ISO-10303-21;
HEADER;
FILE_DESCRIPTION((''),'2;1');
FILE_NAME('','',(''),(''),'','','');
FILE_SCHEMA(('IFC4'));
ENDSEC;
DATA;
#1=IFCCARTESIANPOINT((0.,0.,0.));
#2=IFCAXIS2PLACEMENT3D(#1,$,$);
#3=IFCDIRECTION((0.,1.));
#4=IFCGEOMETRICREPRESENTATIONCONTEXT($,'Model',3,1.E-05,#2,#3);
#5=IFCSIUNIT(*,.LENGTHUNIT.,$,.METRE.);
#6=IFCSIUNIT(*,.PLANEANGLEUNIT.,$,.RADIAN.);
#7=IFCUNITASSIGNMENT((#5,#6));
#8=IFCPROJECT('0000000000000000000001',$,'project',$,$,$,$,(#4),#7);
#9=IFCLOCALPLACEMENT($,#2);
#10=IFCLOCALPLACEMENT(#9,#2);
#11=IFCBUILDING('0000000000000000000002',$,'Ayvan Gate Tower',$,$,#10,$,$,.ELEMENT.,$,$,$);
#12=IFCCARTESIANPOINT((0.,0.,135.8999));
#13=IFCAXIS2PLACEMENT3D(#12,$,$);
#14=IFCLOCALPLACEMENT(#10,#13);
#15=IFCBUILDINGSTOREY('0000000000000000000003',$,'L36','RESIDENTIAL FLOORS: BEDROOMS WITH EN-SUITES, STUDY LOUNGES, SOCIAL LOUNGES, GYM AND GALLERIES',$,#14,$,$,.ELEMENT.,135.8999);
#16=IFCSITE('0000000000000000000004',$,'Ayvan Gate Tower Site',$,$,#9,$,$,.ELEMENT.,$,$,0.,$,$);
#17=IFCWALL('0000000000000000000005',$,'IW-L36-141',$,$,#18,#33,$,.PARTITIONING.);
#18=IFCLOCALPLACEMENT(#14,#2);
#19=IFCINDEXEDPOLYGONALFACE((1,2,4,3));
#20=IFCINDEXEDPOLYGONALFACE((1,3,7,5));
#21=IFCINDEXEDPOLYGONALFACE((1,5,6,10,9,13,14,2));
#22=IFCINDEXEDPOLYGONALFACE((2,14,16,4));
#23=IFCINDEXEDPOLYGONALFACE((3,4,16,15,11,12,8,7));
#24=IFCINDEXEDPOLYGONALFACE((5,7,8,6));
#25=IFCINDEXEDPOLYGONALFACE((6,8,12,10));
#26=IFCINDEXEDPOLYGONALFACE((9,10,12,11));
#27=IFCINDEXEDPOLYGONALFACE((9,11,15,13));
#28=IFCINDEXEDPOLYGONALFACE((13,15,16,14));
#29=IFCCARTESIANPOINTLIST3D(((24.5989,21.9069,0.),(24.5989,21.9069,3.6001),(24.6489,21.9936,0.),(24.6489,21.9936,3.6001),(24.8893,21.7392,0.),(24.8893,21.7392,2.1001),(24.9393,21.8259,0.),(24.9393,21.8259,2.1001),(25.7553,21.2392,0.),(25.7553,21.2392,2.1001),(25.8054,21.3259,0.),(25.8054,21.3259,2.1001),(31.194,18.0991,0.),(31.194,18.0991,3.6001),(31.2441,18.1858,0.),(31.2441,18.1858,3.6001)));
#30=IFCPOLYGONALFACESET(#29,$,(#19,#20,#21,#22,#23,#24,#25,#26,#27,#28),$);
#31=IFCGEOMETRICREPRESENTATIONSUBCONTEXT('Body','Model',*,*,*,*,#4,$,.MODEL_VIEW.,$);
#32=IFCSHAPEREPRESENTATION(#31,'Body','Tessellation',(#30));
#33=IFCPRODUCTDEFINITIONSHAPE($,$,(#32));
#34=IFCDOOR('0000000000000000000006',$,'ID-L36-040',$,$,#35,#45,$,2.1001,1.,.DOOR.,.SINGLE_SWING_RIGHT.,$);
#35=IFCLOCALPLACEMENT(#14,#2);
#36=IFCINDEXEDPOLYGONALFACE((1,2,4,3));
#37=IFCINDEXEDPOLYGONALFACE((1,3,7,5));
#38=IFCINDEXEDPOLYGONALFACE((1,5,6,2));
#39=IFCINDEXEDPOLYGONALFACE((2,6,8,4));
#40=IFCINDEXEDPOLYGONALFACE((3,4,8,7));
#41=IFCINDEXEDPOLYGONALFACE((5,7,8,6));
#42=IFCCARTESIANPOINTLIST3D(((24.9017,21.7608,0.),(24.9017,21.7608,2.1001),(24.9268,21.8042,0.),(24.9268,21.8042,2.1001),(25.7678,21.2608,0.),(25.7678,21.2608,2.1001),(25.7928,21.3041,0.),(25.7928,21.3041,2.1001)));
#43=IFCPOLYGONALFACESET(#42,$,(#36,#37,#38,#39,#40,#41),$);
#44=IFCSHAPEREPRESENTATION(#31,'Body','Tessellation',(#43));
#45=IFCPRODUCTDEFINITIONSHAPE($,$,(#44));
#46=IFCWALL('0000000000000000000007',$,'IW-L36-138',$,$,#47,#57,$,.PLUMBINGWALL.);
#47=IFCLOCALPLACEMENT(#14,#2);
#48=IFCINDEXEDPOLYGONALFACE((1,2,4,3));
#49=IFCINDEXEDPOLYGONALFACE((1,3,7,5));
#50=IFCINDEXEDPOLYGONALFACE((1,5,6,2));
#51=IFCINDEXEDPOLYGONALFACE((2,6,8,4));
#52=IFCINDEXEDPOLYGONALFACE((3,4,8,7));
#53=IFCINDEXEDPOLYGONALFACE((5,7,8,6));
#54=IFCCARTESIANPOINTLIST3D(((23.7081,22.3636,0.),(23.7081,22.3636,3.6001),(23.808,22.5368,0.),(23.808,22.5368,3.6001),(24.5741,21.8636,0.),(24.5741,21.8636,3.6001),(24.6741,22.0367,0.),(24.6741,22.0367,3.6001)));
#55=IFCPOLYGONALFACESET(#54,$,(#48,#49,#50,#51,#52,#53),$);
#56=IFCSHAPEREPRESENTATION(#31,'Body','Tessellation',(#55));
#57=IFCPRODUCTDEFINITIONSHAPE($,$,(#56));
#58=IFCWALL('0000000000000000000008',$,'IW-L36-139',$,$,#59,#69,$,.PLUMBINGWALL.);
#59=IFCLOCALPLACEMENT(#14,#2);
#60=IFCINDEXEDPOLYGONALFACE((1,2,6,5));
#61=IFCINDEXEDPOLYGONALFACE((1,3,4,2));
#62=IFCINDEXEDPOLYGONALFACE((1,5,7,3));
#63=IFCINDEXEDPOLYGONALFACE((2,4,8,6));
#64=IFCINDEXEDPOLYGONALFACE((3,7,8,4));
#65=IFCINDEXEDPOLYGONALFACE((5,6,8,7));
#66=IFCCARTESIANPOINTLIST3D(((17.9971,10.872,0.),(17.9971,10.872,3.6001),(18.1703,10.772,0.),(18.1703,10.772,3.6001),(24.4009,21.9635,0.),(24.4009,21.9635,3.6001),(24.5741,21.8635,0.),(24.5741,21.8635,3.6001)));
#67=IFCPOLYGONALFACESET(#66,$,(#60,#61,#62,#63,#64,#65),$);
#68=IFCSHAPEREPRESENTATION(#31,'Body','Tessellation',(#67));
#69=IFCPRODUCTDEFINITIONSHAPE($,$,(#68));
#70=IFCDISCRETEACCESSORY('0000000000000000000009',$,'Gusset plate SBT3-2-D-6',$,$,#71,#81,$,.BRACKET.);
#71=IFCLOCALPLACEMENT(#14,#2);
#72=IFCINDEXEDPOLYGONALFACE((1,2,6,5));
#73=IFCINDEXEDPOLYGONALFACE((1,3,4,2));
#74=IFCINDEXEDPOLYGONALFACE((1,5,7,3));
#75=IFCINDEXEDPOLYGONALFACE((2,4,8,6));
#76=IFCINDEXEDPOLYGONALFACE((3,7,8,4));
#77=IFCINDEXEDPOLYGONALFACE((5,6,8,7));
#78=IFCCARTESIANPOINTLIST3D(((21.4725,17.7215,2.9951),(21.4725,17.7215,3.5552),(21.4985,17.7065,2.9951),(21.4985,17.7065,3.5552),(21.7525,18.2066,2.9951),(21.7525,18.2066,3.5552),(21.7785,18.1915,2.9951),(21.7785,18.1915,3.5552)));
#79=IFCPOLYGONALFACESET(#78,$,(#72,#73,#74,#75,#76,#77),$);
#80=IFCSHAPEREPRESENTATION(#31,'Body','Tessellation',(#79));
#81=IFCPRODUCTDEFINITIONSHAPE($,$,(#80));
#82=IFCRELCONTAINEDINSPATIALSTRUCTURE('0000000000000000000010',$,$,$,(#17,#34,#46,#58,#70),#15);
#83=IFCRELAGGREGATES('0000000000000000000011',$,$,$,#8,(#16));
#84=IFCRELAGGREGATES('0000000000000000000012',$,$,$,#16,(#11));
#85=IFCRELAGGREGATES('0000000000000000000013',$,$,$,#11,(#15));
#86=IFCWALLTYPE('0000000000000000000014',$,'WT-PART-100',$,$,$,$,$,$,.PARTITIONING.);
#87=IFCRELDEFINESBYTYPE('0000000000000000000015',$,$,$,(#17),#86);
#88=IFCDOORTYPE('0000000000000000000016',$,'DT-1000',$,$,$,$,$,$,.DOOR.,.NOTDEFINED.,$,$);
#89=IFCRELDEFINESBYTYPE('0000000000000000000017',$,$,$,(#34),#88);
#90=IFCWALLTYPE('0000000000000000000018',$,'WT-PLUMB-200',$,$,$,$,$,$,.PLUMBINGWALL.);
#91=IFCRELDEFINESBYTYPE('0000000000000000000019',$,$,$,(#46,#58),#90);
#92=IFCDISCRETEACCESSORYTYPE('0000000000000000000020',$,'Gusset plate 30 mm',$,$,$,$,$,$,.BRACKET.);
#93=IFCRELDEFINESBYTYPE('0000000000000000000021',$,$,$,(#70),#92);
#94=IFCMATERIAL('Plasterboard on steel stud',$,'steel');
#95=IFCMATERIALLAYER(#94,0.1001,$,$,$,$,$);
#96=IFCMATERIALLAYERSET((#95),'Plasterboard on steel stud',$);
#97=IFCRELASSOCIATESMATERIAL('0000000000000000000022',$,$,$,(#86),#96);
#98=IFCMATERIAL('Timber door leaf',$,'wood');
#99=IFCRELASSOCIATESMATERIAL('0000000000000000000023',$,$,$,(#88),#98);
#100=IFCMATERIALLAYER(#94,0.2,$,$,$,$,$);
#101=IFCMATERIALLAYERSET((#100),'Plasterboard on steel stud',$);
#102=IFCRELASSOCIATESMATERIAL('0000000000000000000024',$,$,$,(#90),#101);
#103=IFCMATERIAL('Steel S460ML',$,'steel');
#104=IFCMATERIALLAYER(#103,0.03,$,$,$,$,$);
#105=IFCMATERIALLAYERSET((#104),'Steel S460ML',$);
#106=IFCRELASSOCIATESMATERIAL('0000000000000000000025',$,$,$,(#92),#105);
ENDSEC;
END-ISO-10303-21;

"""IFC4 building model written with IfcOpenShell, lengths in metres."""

from ifc_helpers import new_model, si_unit, direction, frame, frame_2d, origin, origin_2d, place, context, subcontext, project, spatial, rectangle, extrude, material, layer, layer_set, type_object, element, fill, save


model = new_model("IFC4")

# Units and contexts
model_context = context("Model", 3, precision=1e-05, world=origin(), true_north=direction((0.0, 1.0)))
body_context = subcontext(model_context, "Body", "Model", "MODEL_VIEW")
ifc_project = project(units=[si_unit("LENGTHUNIT", "METRE"), si_unit("PLANEANGLEUNIT", "RADIAN")], contexts=[model_context])

# Site, building, storey
site_placement = place(None, origin())
site = spatial("IfcSite", under=ifc_project, at=site_placement, Name="Ayvan Gate Tower Site", CompositionType="ELEMENT", RefElevation=0.0)
building_placement = place(site_placement, origin())
building = spatial("IfcBuilding", under=site, at=building_placement, Name="Ayvan Gate Tower", CompositionType="ELEMENT")
storey_placement = place(building_placement, frame((0.0, 0.0, 135.8999)))
storey = spatial("IfcBuildingStorey", under=building, at=storey_placement, Name="L36", Description="RESIDENTIAL FLOORS: BEDROOMS WITH EN-SUITES, STUDY LOUNGES, SOCIAL LOUNGES, GYM AND GALLERIES", CompositionType="ELEMENT", Elevation=135.8999)

# Shared definitions
ifc_material_1 = material(Name="Steel S460ML", Category="steel")

# Wall, opening, door
ifc_material_2 = material(Name="Plasterboard on steel stud", Category="steel")
ifc_layer_1 = layer(ifc_material_2, 0.1001)
ifc_layer_set_1 = layer_set([ifc_layer_1], Name="Plasterboard on steel stud")
wall_type_1 = type_object("IfcWallType", Name="WT-PART-100", PredefinedType="PARTITIONING", material=ifc_layer_set_1)
ifc_material_3 = material(Name="Timber door leaf", Category="wood")
wall_1_placement = place(storey_placement, frame((24.624, 21.9502, 0.0), z_axis=(0.0, 0.0, 1.0), x_axis=(0.866019, -0.500011, 0.0)))
wall_1 = element("IfcWall", 1, at=wall_1_placement, inside=storey, type_object=wall_type_1, Name="IW-L36-141", PredefinedType="PARTITIONING", context=body_context, shape_type="SweptSolid", body=[
    extrude(rectangle(XDim=7.6155, YDim=0.1001, at=frame_2d((3.8076, 0.0))), origin(), (0.0, 0.0, 1.0), 3.6001),
])
opening_1_placement = place(wall_1_placement, frame((0.3352, 0.0, 0.0)))
opening_1 = element("IfcOpeningElement", 2, at=opening_1_placement, cuts=wall_1, PredefinedType="OPENING", context=body_context, shape_type="SweptSolid", body=[
    extrude(rectangle(XDim=1.0, YDim=2.1001, at=frame_2d((0.5, 1.05))), frame((0.0, 0.0601, 0.0), z_axis=(0.0, -1.0, 0.0), x_axis=(1.0, 0.0, 0.0)), (0.0, 0.0, 1.0), 0.1201),
])
door_type_1 = type_object("IfcDoorType", Name="DT-1000", OperationType="NOTDEFINED", PredefinedType="DOOR", material=ifc_material_3)
door_1_placement = place(opening_1_placement, origin())
door_1 = element("IfcDoor", 3, at=door_1_placement, inside=storey, type_object=door_type_1, Name="ID-L36-040", OperationType="SINGLE_SWING_RIGHT", OverallHeight=2.1001, OverallWidth=1.0, PredefinedType="DOOR", context=body_context, shape_type="SweptSolid", body=[
    extrude(rectangle(XDim=1.0, YDim=2.1001, at=frame_2d((0.5, 1.05))), frame((0.0, 0.0249, 0.0), z_axis=(0.0, -1.0, 0.0), x_axis=(1.0, 0.0, 0.0)), (0.0, 0.0, 1.0), 0.05),
])
fill(opening_1, door_1)

# Walls
ifc_layer_2 = layer(ifc_material_2, 0.2)
ifc_layer_set_2 = layer_set([ifc_layer_2], Name="Plasterboard on steel stud")
wall_type_2 = type_object("IfcWallType", Name="WT-PLUMB-200", PredefinedType="PLUMBINGWALL", material=ifc_layer_set_2)
wall_2_placement = place(storey_placement, frame((23.7581, 22.4502, 0.0), z_axis=(0.0, 0.0, 1.0), x_axis=(0.866011, -0.500025, 0.0)))
element("IfcWall", 4, at=wall_2_placement, inside=storey, type_object=wall_type_2, Name="IW-L36-138", PredefinedType="PLUMBINGWALL", context=body_context, shape_type="SweptSolid", body=[
    extrude(rectangle(XDim=1.0, YDim=0.2, at=frame_2d((0.5, 0.0))), origin(), (0.0, 0.0, 1.0), 3.6001),
])
wall_3_placement = place(storey_placement, frame((24.4875, 21.9136, 0.0), z_axis=(0.0, 0.0, 1.0), x_axis=(-0.500006, -0.866022, 0.0)))
element("IfcWall", 5, at=wall_3_placement, inside=storey, type_object=wall_type_2, Name="IW-L36-139", PredefinedType="PLUMBINGWALL", context=body_context, shape_type="SweptSolid", body=[
    extrude(rectangle(XDim=12.8074, YDim=0.2, at=frame_2d((6.4038, 0.0))), origin(), (0.0, 0.0, 1.0), 3.6001),
])

# Discrete accessory
ifc_layer_3 = layer(ifc_material_1, 0.03)
ifc_layer_set_3 = layer_set([ifc_layer_3], Name="Steel S460ML")
discrete_accessory_type = type_object("IfcDiscreteAccessoryType", Name="Gusset plate 30 mm", PredefinedType="BRACKET", material=ifc_layer_set_3)
discrete_accessory_placement = place(storey_placement, frame((21.6255, 17.9565, 2.9951), z_axis=(0.0, 0.0, 1.0), x_axis=(0.5, 0.866025, 0.0)))
element("IfcDiscreteAccessory", 6, at=discrete_accessory_placement, inside=storey, type_object=discrete_accessory_type, Name="Gusset plate SBT3-2-D-6", PredefinedType="BRACKET", context=body_context, shape_type="SweptSolid", body=[
    extrude(rectangle(XDim=0.5601, YDim=0.03, at=origin_2d()), origin(), (0.0, 0.0, 1.0), 0.5601),
])

save(model, "model.ifc")
